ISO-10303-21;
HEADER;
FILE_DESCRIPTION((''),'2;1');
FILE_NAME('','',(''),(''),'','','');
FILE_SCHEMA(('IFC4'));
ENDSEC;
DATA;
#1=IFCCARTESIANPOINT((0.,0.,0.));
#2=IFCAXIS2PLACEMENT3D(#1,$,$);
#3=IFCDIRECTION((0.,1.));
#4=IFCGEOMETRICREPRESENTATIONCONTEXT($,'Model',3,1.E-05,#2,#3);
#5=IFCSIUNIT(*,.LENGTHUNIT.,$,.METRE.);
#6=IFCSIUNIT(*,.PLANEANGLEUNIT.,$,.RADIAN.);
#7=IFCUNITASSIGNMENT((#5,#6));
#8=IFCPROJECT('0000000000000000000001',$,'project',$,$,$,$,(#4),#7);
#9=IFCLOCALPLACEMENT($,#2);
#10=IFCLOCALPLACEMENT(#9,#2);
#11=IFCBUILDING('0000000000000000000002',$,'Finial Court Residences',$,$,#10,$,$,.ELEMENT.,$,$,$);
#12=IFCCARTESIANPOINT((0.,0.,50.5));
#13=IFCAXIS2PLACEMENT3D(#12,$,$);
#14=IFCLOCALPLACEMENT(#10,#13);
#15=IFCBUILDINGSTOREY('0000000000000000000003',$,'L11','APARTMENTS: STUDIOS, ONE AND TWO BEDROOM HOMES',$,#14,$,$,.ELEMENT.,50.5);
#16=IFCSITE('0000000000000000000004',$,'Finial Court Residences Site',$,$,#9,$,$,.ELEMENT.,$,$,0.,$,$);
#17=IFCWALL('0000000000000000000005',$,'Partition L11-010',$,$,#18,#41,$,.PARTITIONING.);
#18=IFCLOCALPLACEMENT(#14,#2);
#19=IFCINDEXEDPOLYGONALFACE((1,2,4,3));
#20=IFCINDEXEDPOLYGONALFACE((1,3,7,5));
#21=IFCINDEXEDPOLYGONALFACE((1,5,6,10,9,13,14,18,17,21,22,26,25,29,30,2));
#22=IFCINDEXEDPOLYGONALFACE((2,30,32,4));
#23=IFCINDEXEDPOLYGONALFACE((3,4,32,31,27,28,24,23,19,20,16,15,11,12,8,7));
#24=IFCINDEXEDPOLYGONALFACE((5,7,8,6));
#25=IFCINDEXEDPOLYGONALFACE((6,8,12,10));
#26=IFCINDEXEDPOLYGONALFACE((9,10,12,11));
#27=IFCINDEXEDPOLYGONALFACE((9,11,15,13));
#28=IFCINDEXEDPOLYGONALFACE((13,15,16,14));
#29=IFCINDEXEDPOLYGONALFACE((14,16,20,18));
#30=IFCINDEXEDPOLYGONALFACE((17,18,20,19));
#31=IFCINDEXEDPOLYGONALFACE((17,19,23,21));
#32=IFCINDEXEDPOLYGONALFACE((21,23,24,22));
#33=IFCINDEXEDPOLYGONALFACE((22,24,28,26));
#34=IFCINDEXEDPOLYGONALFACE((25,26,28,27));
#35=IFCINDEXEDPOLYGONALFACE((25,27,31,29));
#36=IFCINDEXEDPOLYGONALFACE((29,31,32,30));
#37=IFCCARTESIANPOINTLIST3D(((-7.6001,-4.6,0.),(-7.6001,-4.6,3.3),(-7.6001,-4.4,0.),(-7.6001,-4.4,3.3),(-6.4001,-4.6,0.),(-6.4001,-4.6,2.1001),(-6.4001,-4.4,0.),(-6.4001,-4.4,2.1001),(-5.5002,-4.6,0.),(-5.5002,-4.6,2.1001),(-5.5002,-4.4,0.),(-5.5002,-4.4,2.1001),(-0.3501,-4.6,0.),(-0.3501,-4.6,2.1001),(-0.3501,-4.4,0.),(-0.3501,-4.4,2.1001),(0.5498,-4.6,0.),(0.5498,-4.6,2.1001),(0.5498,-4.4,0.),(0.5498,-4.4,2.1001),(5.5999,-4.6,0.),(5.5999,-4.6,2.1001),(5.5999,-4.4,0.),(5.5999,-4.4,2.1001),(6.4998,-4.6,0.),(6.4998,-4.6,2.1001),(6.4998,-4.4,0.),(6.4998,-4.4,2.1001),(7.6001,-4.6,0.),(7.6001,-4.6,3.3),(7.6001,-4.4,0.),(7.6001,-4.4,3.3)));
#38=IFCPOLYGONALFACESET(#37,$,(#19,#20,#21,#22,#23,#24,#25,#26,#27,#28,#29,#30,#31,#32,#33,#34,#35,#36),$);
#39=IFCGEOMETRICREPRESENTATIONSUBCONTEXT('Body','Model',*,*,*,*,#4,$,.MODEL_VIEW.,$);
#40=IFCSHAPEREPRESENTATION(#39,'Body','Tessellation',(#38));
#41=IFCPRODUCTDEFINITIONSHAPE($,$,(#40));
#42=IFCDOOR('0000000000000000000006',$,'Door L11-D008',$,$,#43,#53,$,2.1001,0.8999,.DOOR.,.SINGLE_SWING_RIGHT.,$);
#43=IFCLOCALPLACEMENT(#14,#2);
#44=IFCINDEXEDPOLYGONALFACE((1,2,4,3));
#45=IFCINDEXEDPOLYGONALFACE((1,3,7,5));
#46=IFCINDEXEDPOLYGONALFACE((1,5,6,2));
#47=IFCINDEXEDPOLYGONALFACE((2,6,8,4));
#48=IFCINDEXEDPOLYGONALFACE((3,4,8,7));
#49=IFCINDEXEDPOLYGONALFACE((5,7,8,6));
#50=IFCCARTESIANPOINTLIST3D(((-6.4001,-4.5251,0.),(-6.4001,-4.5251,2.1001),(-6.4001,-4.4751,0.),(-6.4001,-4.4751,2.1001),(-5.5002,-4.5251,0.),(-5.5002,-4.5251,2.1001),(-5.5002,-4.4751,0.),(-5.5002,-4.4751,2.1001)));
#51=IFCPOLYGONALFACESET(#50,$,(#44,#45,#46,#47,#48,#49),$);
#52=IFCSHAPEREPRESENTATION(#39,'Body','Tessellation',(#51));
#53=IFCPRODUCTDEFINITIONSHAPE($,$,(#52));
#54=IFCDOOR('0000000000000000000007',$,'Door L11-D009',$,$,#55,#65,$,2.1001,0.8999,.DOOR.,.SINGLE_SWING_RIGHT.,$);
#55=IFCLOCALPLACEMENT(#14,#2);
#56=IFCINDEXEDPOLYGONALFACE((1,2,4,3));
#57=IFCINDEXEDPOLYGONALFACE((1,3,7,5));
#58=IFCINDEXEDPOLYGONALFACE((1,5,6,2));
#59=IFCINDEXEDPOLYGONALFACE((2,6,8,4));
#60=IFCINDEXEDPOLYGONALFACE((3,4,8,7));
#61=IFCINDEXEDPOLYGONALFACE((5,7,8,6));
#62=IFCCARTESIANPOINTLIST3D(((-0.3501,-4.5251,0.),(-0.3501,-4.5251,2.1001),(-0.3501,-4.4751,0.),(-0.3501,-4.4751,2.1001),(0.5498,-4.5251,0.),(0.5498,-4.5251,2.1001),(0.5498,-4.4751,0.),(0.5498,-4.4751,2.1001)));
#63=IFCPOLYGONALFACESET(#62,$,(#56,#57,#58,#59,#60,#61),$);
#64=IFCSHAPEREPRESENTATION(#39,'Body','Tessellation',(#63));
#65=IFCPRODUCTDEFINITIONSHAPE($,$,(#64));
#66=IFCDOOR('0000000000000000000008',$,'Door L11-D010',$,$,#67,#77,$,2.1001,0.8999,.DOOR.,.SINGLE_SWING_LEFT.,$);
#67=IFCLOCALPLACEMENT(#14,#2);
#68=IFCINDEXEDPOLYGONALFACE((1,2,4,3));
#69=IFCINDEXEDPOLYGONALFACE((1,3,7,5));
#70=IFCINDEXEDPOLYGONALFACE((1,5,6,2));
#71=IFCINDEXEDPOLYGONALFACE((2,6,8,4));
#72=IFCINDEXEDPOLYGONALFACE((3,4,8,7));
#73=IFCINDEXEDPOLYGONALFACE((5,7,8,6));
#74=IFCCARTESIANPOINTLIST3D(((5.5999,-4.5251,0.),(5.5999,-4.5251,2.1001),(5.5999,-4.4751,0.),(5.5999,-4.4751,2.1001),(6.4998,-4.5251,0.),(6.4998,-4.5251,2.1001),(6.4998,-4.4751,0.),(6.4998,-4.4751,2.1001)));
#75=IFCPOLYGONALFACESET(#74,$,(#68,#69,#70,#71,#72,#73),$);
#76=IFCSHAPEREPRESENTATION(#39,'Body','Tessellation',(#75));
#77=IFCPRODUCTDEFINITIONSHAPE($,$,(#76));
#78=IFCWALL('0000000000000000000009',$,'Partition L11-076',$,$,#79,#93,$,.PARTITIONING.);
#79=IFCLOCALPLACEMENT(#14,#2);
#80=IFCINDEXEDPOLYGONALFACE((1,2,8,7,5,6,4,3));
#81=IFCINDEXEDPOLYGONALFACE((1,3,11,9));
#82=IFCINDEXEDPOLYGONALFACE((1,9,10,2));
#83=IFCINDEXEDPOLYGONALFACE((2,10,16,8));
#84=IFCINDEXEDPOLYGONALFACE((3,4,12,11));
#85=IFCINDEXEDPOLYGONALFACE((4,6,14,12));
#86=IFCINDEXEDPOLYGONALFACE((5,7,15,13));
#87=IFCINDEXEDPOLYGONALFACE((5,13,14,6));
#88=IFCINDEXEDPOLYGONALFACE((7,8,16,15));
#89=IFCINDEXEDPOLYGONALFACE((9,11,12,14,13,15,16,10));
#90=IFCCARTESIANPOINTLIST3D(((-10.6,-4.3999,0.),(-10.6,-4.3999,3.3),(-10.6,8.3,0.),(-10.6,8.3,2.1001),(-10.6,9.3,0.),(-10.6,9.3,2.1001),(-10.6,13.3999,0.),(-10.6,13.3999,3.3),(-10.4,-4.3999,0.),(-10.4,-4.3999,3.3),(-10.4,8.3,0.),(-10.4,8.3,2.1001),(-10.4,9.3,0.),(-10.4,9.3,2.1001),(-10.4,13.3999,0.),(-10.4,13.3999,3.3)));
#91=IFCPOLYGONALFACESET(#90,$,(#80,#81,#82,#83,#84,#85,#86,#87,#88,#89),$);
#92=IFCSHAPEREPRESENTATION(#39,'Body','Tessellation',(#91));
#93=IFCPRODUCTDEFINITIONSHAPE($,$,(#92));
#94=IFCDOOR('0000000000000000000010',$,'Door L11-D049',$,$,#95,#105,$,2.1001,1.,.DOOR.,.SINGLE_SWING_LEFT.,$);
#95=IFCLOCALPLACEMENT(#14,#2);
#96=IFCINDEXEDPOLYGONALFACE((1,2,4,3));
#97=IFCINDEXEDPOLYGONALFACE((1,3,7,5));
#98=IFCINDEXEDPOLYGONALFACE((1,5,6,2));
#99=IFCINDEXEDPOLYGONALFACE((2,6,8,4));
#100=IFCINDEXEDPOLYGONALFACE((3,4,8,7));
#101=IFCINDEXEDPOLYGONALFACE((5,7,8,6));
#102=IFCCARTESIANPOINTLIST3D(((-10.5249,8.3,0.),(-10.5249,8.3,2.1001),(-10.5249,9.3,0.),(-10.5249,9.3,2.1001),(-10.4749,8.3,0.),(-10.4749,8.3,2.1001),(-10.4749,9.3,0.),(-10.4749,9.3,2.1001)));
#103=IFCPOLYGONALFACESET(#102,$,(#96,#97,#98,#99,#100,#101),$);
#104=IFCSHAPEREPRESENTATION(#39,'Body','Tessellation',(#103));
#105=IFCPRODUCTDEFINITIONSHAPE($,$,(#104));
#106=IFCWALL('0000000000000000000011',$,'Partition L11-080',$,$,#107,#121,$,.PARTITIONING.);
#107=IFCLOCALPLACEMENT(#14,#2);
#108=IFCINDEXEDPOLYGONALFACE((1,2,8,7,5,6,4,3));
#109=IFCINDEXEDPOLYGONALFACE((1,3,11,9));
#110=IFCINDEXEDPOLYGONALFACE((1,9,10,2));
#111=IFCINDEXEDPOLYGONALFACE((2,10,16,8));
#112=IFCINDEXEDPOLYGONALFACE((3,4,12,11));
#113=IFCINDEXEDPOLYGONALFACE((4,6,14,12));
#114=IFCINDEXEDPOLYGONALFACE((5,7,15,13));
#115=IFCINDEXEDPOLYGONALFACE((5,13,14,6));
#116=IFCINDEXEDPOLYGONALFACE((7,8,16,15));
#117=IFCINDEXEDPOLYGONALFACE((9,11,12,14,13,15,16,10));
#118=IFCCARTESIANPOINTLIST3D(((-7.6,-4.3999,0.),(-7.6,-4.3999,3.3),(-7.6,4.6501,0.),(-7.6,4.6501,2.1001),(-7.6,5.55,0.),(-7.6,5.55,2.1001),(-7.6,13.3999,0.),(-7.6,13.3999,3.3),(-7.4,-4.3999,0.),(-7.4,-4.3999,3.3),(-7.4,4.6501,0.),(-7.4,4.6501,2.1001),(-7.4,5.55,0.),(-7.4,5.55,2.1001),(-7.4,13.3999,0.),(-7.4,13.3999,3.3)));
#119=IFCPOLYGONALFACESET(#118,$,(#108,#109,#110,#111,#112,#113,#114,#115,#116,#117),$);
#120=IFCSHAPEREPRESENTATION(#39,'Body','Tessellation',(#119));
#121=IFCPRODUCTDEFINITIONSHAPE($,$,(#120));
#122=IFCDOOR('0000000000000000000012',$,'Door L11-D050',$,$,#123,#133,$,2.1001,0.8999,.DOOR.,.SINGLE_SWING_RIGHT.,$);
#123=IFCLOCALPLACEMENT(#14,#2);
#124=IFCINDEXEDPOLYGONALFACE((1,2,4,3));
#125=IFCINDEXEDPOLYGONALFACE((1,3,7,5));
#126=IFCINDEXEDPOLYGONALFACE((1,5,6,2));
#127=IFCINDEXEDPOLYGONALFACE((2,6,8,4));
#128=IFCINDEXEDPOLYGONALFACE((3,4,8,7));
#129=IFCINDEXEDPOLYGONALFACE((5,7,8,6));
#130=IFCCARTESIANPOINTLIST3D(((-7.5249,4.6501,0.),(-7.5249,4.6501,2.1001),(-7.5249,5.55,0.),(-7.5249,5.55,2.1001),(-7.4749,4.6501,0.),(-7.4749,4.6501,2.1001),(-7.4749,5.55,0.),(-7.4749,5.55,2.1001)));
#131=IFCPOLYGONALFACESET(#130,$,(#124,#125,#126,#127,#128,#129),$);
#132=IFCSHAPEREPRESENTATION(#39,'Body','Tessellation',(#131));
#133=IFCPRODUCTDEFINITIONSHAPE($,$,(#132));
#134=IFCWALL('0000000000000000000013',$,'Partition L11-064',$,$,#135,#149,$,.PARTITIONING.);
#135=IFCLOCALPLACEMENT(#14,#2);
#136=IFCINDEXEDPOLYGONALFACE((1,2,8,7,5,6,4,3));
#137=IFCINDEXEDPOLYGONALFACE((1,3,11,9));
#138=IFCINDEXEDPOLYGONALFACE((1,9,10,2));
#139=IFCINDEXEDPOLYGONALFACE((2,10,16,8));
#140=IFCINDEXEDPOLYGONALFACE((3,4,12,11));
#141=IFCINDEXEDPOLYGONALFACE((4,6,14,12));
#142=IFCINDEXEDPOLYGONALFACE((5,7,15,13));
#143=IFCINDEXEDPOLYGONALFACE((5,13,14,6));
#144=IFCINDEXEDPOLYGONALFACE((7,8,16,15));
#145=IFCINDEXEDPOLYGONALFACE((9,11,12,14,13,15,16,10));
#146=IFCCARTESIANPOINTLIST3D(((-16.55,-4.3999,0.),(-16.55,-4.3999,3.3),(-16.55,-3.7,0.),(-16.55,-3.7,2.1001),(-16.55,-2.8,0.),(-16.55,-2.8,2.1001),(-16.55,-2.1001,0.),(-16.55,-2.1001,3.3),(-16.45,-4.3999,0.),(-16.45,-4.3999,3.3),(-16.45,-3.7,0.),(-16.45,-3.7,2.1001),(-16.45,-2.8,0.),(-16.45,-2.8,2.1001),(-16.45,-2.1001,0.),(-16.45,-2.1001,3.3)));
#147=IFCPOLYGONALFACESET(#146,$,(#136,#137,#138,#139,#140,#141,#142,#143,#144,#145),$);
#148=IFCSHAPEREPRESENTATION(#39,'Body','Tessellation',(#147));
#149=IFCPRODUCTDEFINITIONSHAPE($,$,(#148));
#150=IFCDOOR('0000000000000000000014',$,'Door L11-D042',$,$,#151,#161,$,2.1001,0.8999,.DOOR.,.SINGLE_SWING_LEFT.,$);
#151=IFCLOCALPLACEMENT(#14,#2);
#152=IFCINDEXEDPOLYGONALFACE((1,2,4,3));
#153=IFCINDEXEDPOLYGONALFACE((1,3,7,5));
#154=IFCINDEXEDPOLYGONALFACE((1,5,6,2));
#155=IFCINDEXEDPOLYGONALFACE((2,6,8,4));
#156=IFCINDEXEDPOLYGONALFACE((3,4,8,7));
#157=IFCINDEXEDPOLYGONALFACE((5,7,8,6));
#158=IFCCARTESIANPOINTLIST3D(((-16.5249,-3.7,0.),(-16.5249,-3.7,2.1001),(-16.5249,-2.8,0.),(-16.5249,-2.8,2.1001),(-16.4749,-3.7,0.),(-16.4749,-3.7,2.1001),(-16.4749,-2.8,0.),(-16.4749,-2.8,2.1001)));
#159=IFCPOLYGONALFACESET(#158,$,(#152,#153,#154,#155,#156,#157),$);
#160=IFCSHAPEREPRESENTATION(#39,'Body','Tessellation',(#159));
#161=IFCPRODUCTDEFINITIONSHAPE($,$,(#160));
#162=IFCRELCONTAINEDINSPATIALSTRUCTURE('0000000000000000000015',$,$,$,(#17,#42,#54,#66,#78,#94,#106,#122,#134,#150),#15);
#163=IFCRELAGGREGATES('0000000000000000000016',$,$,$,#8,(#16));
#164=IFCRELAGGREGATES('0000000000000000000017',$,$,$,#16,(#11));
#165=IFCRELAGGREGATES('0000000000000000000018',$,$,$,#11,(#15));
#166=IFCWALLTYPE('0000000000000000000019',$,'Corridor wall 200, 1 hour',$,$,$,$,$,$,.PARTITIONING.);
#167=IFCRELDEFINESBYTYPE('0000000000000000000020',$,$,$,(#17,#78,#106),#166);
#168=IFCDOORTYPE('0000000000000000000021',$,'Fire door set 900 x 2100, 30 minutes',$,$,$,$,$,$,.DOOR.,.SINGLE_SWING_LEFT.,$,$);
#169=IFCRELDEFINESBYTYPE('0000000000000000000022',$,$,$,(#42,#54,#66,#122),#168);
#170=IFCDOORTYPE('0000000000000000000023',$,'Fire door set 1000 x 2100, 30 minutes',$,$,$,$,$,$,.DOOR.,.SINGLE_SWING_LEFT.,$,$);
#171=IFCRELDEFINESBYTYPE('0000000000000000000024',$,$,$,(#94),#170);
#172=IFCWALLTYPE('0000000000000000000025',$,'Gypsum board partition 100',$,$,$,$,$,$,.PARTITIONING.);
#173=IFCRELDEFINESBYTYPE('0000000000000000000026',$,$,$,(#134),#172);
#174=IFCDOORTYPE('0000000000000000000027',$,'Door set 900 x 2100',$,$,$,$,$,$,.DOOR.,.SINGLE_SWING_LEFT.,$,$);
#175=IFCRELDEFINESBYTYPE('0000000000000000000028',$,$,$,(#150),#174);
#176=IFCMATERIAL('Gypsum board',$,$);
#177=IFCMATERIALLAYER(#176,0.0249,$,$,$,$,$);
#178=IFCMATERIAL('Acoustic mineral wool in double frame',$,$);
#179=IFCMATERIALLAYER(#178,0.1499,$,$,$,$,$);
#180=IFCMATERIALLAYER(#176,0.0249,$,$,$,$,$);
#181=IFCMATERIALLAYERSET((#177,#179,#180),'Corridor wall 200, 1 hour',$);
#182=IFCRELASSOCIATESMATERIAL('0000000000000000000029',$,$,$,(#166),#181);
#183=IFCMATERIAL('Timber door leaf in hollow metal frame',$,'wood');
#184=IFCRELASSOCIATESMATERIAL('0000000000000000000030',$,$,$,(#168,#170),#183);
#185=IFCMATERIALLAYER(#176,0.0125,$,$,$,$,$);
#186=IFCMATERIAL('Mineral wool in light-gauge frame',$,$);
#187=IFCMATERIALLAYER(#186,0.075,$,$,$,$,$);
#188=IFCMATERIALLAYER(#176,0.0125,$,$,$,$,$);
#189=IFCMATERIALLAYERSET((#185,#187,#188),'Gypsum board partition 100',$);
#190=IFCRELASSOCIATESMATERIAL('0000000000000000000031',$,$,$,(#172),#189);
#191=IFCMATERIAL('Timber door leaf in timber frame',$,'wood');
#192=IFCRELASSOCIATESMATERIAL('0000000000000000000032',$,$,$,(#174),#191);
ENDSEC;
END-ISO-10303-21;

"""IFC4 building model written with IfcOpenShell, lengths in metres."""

from ifc_helpers import new_model, si_unit, direction, frame, frame_2d, origin, place, context, subcontext, project, spatial, rectangle, extrude, material, layer, layer_set, type_object, element, fill, save


model = new_model("IFC4")

# Units and contexts
model_context = context("Model", 3, precision=1e-05, world=origin(), true_north=direction((0.0, 1.0)))
body_context = subcontext(model_context, "Body", "Model", "MODEL_VIEW")
ifc_project = project(units=[si_unit("LENGTHUNIT", "METRE"), si_unit("PLANEANGLEUNIT", "RADIAN")], contexts=[model_context])

# Site, building, storey
site_placement = place(None, origin())
site = spatial("IfcSite", under=ifc_project, at=site_placement, Name="Finial Court Residences Site", CompositionType="ELEMENT", RefElevation=0.0)
building_placement = place(site_placement, origin())
building = spatial("IfcBuilding", under=site, at=building_placement, Name="Finial Court Residences", CompositionType="ELEMENT")
storey_placement = place(building_placement, frame((0.0, 0.0, 50.5)))
storey = spatial("IfcBuildingStorey", under=building, at=storey_placement, Name="L11", Description="APARTMENTS: STUDIOS, ONE AND TWO BEDROOM HOMES", CompositionType="ELEMENT", Elevation=50.5)

# Wall, openings, doors
ifc_material_1 = material(Name="Gypsum board")
ifc_layer_1 = layer(ifc_material_1, 0.0249)
ifc_material_2 = material(Name="Acoustic mineral wool in double frame")
ifc_layer_2 = layer(ifc_material_2, 0.1499)
ifc_layer_3 = layer(ifc_material_1, 0.0249)
ifc_layer_set_1 = layer_set([ifc_layer_1, ifc_layer_2, ifc_layer_3], Name="Corridor wall 200, 1 hour")
wall_type_1 = type_object("IfcWallType", Name="Corridor wall 200, 1 hour", PredefinedType="PARTITIONING", material=ifc_layer_set_1)
wall_1_placement = place(storey_placement, frame((-7.6001, -4.5, 0.0), z_axis=(0.0, 0.0, 1.0), x_axis=(1.0, 0.0, 0.0)))
wall_1 = element("IfcWall", 1, at=wall_1_placement, inside=storey, type_object=wall_type_1, Name="Partition L11-010", PredefinedType="PARTITIONING", context=body_context, shape_type="SweptSolid", body=[
    extrude(rectangle(XDim=15.2002, YDim=0.2, at=frame_2d((7.6001, 0.0))), origin(), (0.0, 0.0, 1.0), 3.3),
])
opening_1_placement = place(wall_1_placement, frame((1.2, 0.0, 0.0)))
opening_1 = element("IfcOpeningElement", 2, at=opening_1_placement, cuts=wall_1, PredefinedType="OPENING", context=body_context, shape_type="SweptSolid", body=[
    extrude(rectangle(XDim=0.8999, YDim=2.1001, at=frame_2d((0.45, 1.05))), frame((0.0, 0.1099, 0.0), z_axis=(0.0, -1.0, 0.0), x_axis=(1.0, 0.0, 0.0)), (0.0, 0.0, 1.0), 0.22),
])
opening_2_placement = place(wall_1_placement, frame((7.25, 0.0, 0.0)))
opening_2 = element("IfcOpeningElement", 3, at=opening_2_placement, cuts=wall_1, PredefinedType="OPENING", context=body_context, shape_type="SweptSolid", body=[
    extrude(rectangle(XDim=0.8999, YDim=2.1001, at=frame_2d((0.45, 1.05))), frame((0.0, 0.1099, 0.0), z_axis=(0.0, -1.0, 0.0), x_axis=(1.0, 0.0, 0.0)), (0.0, 0.0, 1.0), 0.22),
])
opening_3_placement = place(wall_1_placement, frame((13.2, 0.0, 0.0)))
opening_3 = element("IfcOpeningElement", 4, at=opening_3_placement, cuts=wall_1, PredefinedType="OPENING", context=body_context, shape_type="SweptSolid", body=[
    extrude(rectangle(XDim=0.8999, YDim=2.1001, at=frame_2d((0.45, 1.05))), frame((0.0, 0.1099, 0.0), z_axis=(0.0, -1.0, 0.0), x_axis=(1.0, 0.0, 0.0)), (0.0, 0.0, 1.0), 0.22),
])
ifc_material_3 = material(Name="Timber door leaf in hollow metal frame", Category="wood")
door_type_1 = type_object("IfcDoorType", Name="Fire door set 900 x 2100, 30 minutes", OperationType="SINGLE_SWING_LEFT", PredefinedType="DOOR", material=ifc_material_3)
door_1_placement = place(opening_1_placement, origin())
door_1 = element("IfcDoor", 5, at=door_1_placement, inside=storey, type_object=door_type_1, Name="Door L11-D008", OperationType="SINGLE_SWING_RIGHT", OverallHeight=2.1001, OverallWidth=0.8999, PredefinedType="DOOR", context=body_context, shape_type="SweptSolid", body=[
    extrude(rectangle(XDim=0.8999, YDim=2.1001, at=frame_2d((0.45, 1.05))), frame((0.0, 0.0249, 0.0), z_axis=(0.0, -1.0, 0.0), x_axis=(1.0, 0.0, 0.0)), (0.0, 0.0, 1.0), 0.05),
])
fill(opening_1, door_1)
door_2_placement = place(opening_2_placement, origin())
door_2 = element("IfcDoor", 6, at=door_2_placement, inside=storey, type_object=door_type_1, Name="Door L11-D009", OperationType="SINGLE_SWING_RIGHT", OverallHeight=2.1001, OverallWidth=0.8999, PredefinedType="DOOR", context=body_context, shape_type="SweptSolid", body=[
    extrude(rectangle(XDim=0.8999, YDim=2.1001, at=frame_2d((0.45, 1.05))), frame((0.0, 0.0249, 0.0), z_axis=(0.0, -1.0, 0.0), x_axis=(1.0, 0.0, 0.0)), (0.0, 0.0, 1.0), 0.05),
])
fill(opening_2, door_2)
door_3_placement = place(opening_3_placement, origin())
door_3 = element("IfcDoor", 7, at=door_3_placement, inside=storey, type_object=door_type_1, Name="Door L11-D010", OperationType="SINGLE_SWING_LEFT", OverallHeight=2.1001, OverallWidth=0.8999, PredefinedType="DOOR", context=body_context, shape_type="SweptSolid", body=[
    extrude(rectangle(XDim=0.8999, YDim=2.1001, at=frame_2d((0.45, 1.05))), frame((0.0, 0.0249, 0.0), z_axis=(0.0, -1.0, 0.0), x_axis=(1.0, 0.0, 0.0)), (0.0, 0.0, 1.0), 0.05),
])
fill(opening_3, door_3)

# Walls, openings, doors
wall_2_placement = place(storey_placement, frame((-10.5, -4.3999, 0.0), z_axis=(0.0, 0.0, 1.0), x_axis=(0.0, 1.0, 0.0)))
wall_2 = element("IfcWall", 8, at=wall_2_placement, inside=storey, type_object=wall_type_1, Name="Partition L11-076", PredefinedType="PARTITIONING", context=body_context, shape_type="SweptSolid", body=[
    extrude(rectangle(XDim=17.7998, YDim=0.2, at=frame_2d((8.8999, 0.0))), origin(), (0.0, 0.0, 1.0), 3.3),
])
opening_4_placement = place(wall_2_placement, frame((12.7, 0.0, 0.0)))
opening_4 = element("IfcOpeningElement", 9, at=opening_4_placement, cuts=wall_2, PredefinedType="OPENING", context=body_context, shape_type="SweptSolid", body=[
    extrude(rectangle(XDim=1.0, YDim=2.1001, at=frame_2d((0.5, 1.05))), frame((0.0, 0.1099, 0.0), z_axis=(0.0, -1.0, 0.0), x_axis=(1.0, 0.0, 0.0)), (0.0, 0.0, 1.0), 0.22),
])
door_type_2 = type_object("IfcDoorType", Name="Fire door set 1000 x 2100, 30 minutes", OperationType="SINGLE_SWING_LEFT", PredefinedType="DOOR", material=ifc_material_3)
door_4_placement = place(opening_4_placement, origin())
door_4 = element("IfcDoor", 10, at=door_4_placement, inside=storey, type_object=door_type_2, Name="Door L11-D049", OperationType="SINGLE_SWING_LEFT", OverallHeight=2.1001, OverallWidth=1.0, PredefinedType="DOOR", context=body_context, shape_type="SweptSolid", body=[
    extrude(rectangle(XDim=1.0, YDim=2.1001, at=frame_2d((0.5, 1.05))), frame((0.0, 0.0249, 0.0), z_axis=(0.0, -1.0, 0.0), x_axis=(1.0, 0.0, 0.0)), (0.0, 0.0, 1.0), 0.05),
])
fill(opening_4, door_4)
wall_3_placement = place(storey_placement, frame((-7.5, -4.3999, 0.0), z_axis=(0.0, 0.0, 1.0), x_axis=(0.0, 1.0, 0.0)))
wall_3 = element("IfcWall", 11, at=wall_3_placement, inside=storey, type_object=wall_type_1, Name="Partition L11-080", PredefinedType="PARTITIONING", context=body_context, shape_type="SweptSolid", body=[
    extrude(rectangle(XDim=17.7998, YDim=0.2, at=frame_2d((8.8999, 0.0))), origin(), (0.0, 0.0, 1.0), 3.3),
])
opening_5_placement = place(wall_3_placement, frame((9.05, 0.0, 0.0)))
opening_5 = element("IfcOpeningElement", 12, at=opening_5_placement, cuts=wall_3, PredefinedType="OPENING", context=body_context, shape_type="SweptSolid", body=[
    extrude(rectangle(XDim=0.8999, YDim=2.1001, at=frame_2d((0.45, 1.05))), frame((0.0, 0.1099, 0.0), z_axis=(0.0, -1.0, 0.0), x_axis=(1.0, 0.0, 0.0)), (0.0, 0.0, 1.0), 0.22),
])
door_5_placement = place(opening_5_placement, origin())
door_5 = element("IfcDoor", 13, at=door_5_placement, inside=storey, type_object=door_type_1, Name="Door L11-D050", OperationType="SINGLE_SWING_RIGHT", OverallHeight=2.1001, OverallWidth=0.8999, PredefinedType="DOOR", context=body_context, shape_type="SweptSolid", body=[
    extrude(rectangle(XDim=0.8999, YDim=2.1001, at=frame_2d((0.45, 1.05))), frame((0.0, 0.0249, 0.0), z_axis=(0.0, -1.0, 0.0), x_axis=(1.0, 0.0, 0.0)), (0.0, 0.0, 1.0), 0.05),
])
fill(opening_5, door_5)
ifc_layer_4 = layer(ifc_material_1, 0.0125)
ifc_material_4 = material(Name="Mineral wool in light-gauge frame")
ifc_layer_5 = layer(ifc_material_4, 0.075)
ifc_layer_6 = layer(ifc_material_1, 0.0125)
ifc_layer_set_2 = layer_set([ifc_layer_4, ifc_layer_5, ifc_layer_6], Name="Gypsum board partition 100")
wall_type_2 = type_object("IfcWallType", Name="Gypsum board partition 100", PredefinedType="PARTITIONING", material=ifc_layer_set_2)
wall_4_placement = place(storey_placement, frame((-16.5, -4.3999, 0.0), z_axis=(0.0, 0.0, 1.0), x_axis=(0.0, 1.0, 0.0)))
wall_4 = element("IfcWall", 14, at=wall_4_placement, inside=storey, type_object=wall_type_2, Name="Partition L11-064", PredefinedType="PARTITIONING", context=body_context, shape_type="SweptSolid", body=[
    extrude(rectangle(XDim=2.2998, YDim=0.1001, at=frame_2d((1.1499, 0.0))), origin(), (0.0, 0.0, 1.0), 3.3),
])
opening_6_placement = place(wall_4_placement, frame((0.7, 0.0, 0.0)))
opening_6 = element("IfcOpeningElement", 15, at=opening_6_placement, cuts=wall_4, PredefinedType="OPENING", context=body_context, shape_type="SweptSolid", body=[
    extrude(rectangle(XDim=0.8999, YDim=2.1001, at=frame_2d((0.45, 1.05))), frame((0.0, 0.0601, 0.0), z_axis=(0.0, -1.0, 0.0), x_axis=(1.0, 0.0, 0.0)), (0.0, 0.0, 1.0), 0.1201),
])
ifc_material_5 = material(Name="Timber door leaf in timber frame", Category="wood")
door_type_3 = type_object("IfcDoorType", Name="Door set 900 x 2100", OperationType="SINGLE_SWING_LEFT", PredefinedType="DOOR", material=ifc_material_5)
door_6_placement = place(opening_6_placement, origin())
door_6 = element("IfcDoor", 16, at=door_6_placement, inside=storey, type_object=door_type_3, Name="Door L11-D042", OperationType="SINGLE_SWING_LEFT", OverallHeight=2.1001, OverallWidth=0.8999, PredefinedType="DOOR", context=body_context, shape_type="SweptSolid", body=[
    extrude(rectangle(XDim=0.8999, YDim=2.1001, at=frame_2d((0.45, 1.05))), frame((0.0, 0.0249, 0.0), z_axis=(0.0, -1.0, 0.0), x_axis=(1.0, 0.0, 0.0)), (0.0, 0.0, 1.0), 0.05),
])
fill(opening_6, door_6)

save(model, "model.ifc")
